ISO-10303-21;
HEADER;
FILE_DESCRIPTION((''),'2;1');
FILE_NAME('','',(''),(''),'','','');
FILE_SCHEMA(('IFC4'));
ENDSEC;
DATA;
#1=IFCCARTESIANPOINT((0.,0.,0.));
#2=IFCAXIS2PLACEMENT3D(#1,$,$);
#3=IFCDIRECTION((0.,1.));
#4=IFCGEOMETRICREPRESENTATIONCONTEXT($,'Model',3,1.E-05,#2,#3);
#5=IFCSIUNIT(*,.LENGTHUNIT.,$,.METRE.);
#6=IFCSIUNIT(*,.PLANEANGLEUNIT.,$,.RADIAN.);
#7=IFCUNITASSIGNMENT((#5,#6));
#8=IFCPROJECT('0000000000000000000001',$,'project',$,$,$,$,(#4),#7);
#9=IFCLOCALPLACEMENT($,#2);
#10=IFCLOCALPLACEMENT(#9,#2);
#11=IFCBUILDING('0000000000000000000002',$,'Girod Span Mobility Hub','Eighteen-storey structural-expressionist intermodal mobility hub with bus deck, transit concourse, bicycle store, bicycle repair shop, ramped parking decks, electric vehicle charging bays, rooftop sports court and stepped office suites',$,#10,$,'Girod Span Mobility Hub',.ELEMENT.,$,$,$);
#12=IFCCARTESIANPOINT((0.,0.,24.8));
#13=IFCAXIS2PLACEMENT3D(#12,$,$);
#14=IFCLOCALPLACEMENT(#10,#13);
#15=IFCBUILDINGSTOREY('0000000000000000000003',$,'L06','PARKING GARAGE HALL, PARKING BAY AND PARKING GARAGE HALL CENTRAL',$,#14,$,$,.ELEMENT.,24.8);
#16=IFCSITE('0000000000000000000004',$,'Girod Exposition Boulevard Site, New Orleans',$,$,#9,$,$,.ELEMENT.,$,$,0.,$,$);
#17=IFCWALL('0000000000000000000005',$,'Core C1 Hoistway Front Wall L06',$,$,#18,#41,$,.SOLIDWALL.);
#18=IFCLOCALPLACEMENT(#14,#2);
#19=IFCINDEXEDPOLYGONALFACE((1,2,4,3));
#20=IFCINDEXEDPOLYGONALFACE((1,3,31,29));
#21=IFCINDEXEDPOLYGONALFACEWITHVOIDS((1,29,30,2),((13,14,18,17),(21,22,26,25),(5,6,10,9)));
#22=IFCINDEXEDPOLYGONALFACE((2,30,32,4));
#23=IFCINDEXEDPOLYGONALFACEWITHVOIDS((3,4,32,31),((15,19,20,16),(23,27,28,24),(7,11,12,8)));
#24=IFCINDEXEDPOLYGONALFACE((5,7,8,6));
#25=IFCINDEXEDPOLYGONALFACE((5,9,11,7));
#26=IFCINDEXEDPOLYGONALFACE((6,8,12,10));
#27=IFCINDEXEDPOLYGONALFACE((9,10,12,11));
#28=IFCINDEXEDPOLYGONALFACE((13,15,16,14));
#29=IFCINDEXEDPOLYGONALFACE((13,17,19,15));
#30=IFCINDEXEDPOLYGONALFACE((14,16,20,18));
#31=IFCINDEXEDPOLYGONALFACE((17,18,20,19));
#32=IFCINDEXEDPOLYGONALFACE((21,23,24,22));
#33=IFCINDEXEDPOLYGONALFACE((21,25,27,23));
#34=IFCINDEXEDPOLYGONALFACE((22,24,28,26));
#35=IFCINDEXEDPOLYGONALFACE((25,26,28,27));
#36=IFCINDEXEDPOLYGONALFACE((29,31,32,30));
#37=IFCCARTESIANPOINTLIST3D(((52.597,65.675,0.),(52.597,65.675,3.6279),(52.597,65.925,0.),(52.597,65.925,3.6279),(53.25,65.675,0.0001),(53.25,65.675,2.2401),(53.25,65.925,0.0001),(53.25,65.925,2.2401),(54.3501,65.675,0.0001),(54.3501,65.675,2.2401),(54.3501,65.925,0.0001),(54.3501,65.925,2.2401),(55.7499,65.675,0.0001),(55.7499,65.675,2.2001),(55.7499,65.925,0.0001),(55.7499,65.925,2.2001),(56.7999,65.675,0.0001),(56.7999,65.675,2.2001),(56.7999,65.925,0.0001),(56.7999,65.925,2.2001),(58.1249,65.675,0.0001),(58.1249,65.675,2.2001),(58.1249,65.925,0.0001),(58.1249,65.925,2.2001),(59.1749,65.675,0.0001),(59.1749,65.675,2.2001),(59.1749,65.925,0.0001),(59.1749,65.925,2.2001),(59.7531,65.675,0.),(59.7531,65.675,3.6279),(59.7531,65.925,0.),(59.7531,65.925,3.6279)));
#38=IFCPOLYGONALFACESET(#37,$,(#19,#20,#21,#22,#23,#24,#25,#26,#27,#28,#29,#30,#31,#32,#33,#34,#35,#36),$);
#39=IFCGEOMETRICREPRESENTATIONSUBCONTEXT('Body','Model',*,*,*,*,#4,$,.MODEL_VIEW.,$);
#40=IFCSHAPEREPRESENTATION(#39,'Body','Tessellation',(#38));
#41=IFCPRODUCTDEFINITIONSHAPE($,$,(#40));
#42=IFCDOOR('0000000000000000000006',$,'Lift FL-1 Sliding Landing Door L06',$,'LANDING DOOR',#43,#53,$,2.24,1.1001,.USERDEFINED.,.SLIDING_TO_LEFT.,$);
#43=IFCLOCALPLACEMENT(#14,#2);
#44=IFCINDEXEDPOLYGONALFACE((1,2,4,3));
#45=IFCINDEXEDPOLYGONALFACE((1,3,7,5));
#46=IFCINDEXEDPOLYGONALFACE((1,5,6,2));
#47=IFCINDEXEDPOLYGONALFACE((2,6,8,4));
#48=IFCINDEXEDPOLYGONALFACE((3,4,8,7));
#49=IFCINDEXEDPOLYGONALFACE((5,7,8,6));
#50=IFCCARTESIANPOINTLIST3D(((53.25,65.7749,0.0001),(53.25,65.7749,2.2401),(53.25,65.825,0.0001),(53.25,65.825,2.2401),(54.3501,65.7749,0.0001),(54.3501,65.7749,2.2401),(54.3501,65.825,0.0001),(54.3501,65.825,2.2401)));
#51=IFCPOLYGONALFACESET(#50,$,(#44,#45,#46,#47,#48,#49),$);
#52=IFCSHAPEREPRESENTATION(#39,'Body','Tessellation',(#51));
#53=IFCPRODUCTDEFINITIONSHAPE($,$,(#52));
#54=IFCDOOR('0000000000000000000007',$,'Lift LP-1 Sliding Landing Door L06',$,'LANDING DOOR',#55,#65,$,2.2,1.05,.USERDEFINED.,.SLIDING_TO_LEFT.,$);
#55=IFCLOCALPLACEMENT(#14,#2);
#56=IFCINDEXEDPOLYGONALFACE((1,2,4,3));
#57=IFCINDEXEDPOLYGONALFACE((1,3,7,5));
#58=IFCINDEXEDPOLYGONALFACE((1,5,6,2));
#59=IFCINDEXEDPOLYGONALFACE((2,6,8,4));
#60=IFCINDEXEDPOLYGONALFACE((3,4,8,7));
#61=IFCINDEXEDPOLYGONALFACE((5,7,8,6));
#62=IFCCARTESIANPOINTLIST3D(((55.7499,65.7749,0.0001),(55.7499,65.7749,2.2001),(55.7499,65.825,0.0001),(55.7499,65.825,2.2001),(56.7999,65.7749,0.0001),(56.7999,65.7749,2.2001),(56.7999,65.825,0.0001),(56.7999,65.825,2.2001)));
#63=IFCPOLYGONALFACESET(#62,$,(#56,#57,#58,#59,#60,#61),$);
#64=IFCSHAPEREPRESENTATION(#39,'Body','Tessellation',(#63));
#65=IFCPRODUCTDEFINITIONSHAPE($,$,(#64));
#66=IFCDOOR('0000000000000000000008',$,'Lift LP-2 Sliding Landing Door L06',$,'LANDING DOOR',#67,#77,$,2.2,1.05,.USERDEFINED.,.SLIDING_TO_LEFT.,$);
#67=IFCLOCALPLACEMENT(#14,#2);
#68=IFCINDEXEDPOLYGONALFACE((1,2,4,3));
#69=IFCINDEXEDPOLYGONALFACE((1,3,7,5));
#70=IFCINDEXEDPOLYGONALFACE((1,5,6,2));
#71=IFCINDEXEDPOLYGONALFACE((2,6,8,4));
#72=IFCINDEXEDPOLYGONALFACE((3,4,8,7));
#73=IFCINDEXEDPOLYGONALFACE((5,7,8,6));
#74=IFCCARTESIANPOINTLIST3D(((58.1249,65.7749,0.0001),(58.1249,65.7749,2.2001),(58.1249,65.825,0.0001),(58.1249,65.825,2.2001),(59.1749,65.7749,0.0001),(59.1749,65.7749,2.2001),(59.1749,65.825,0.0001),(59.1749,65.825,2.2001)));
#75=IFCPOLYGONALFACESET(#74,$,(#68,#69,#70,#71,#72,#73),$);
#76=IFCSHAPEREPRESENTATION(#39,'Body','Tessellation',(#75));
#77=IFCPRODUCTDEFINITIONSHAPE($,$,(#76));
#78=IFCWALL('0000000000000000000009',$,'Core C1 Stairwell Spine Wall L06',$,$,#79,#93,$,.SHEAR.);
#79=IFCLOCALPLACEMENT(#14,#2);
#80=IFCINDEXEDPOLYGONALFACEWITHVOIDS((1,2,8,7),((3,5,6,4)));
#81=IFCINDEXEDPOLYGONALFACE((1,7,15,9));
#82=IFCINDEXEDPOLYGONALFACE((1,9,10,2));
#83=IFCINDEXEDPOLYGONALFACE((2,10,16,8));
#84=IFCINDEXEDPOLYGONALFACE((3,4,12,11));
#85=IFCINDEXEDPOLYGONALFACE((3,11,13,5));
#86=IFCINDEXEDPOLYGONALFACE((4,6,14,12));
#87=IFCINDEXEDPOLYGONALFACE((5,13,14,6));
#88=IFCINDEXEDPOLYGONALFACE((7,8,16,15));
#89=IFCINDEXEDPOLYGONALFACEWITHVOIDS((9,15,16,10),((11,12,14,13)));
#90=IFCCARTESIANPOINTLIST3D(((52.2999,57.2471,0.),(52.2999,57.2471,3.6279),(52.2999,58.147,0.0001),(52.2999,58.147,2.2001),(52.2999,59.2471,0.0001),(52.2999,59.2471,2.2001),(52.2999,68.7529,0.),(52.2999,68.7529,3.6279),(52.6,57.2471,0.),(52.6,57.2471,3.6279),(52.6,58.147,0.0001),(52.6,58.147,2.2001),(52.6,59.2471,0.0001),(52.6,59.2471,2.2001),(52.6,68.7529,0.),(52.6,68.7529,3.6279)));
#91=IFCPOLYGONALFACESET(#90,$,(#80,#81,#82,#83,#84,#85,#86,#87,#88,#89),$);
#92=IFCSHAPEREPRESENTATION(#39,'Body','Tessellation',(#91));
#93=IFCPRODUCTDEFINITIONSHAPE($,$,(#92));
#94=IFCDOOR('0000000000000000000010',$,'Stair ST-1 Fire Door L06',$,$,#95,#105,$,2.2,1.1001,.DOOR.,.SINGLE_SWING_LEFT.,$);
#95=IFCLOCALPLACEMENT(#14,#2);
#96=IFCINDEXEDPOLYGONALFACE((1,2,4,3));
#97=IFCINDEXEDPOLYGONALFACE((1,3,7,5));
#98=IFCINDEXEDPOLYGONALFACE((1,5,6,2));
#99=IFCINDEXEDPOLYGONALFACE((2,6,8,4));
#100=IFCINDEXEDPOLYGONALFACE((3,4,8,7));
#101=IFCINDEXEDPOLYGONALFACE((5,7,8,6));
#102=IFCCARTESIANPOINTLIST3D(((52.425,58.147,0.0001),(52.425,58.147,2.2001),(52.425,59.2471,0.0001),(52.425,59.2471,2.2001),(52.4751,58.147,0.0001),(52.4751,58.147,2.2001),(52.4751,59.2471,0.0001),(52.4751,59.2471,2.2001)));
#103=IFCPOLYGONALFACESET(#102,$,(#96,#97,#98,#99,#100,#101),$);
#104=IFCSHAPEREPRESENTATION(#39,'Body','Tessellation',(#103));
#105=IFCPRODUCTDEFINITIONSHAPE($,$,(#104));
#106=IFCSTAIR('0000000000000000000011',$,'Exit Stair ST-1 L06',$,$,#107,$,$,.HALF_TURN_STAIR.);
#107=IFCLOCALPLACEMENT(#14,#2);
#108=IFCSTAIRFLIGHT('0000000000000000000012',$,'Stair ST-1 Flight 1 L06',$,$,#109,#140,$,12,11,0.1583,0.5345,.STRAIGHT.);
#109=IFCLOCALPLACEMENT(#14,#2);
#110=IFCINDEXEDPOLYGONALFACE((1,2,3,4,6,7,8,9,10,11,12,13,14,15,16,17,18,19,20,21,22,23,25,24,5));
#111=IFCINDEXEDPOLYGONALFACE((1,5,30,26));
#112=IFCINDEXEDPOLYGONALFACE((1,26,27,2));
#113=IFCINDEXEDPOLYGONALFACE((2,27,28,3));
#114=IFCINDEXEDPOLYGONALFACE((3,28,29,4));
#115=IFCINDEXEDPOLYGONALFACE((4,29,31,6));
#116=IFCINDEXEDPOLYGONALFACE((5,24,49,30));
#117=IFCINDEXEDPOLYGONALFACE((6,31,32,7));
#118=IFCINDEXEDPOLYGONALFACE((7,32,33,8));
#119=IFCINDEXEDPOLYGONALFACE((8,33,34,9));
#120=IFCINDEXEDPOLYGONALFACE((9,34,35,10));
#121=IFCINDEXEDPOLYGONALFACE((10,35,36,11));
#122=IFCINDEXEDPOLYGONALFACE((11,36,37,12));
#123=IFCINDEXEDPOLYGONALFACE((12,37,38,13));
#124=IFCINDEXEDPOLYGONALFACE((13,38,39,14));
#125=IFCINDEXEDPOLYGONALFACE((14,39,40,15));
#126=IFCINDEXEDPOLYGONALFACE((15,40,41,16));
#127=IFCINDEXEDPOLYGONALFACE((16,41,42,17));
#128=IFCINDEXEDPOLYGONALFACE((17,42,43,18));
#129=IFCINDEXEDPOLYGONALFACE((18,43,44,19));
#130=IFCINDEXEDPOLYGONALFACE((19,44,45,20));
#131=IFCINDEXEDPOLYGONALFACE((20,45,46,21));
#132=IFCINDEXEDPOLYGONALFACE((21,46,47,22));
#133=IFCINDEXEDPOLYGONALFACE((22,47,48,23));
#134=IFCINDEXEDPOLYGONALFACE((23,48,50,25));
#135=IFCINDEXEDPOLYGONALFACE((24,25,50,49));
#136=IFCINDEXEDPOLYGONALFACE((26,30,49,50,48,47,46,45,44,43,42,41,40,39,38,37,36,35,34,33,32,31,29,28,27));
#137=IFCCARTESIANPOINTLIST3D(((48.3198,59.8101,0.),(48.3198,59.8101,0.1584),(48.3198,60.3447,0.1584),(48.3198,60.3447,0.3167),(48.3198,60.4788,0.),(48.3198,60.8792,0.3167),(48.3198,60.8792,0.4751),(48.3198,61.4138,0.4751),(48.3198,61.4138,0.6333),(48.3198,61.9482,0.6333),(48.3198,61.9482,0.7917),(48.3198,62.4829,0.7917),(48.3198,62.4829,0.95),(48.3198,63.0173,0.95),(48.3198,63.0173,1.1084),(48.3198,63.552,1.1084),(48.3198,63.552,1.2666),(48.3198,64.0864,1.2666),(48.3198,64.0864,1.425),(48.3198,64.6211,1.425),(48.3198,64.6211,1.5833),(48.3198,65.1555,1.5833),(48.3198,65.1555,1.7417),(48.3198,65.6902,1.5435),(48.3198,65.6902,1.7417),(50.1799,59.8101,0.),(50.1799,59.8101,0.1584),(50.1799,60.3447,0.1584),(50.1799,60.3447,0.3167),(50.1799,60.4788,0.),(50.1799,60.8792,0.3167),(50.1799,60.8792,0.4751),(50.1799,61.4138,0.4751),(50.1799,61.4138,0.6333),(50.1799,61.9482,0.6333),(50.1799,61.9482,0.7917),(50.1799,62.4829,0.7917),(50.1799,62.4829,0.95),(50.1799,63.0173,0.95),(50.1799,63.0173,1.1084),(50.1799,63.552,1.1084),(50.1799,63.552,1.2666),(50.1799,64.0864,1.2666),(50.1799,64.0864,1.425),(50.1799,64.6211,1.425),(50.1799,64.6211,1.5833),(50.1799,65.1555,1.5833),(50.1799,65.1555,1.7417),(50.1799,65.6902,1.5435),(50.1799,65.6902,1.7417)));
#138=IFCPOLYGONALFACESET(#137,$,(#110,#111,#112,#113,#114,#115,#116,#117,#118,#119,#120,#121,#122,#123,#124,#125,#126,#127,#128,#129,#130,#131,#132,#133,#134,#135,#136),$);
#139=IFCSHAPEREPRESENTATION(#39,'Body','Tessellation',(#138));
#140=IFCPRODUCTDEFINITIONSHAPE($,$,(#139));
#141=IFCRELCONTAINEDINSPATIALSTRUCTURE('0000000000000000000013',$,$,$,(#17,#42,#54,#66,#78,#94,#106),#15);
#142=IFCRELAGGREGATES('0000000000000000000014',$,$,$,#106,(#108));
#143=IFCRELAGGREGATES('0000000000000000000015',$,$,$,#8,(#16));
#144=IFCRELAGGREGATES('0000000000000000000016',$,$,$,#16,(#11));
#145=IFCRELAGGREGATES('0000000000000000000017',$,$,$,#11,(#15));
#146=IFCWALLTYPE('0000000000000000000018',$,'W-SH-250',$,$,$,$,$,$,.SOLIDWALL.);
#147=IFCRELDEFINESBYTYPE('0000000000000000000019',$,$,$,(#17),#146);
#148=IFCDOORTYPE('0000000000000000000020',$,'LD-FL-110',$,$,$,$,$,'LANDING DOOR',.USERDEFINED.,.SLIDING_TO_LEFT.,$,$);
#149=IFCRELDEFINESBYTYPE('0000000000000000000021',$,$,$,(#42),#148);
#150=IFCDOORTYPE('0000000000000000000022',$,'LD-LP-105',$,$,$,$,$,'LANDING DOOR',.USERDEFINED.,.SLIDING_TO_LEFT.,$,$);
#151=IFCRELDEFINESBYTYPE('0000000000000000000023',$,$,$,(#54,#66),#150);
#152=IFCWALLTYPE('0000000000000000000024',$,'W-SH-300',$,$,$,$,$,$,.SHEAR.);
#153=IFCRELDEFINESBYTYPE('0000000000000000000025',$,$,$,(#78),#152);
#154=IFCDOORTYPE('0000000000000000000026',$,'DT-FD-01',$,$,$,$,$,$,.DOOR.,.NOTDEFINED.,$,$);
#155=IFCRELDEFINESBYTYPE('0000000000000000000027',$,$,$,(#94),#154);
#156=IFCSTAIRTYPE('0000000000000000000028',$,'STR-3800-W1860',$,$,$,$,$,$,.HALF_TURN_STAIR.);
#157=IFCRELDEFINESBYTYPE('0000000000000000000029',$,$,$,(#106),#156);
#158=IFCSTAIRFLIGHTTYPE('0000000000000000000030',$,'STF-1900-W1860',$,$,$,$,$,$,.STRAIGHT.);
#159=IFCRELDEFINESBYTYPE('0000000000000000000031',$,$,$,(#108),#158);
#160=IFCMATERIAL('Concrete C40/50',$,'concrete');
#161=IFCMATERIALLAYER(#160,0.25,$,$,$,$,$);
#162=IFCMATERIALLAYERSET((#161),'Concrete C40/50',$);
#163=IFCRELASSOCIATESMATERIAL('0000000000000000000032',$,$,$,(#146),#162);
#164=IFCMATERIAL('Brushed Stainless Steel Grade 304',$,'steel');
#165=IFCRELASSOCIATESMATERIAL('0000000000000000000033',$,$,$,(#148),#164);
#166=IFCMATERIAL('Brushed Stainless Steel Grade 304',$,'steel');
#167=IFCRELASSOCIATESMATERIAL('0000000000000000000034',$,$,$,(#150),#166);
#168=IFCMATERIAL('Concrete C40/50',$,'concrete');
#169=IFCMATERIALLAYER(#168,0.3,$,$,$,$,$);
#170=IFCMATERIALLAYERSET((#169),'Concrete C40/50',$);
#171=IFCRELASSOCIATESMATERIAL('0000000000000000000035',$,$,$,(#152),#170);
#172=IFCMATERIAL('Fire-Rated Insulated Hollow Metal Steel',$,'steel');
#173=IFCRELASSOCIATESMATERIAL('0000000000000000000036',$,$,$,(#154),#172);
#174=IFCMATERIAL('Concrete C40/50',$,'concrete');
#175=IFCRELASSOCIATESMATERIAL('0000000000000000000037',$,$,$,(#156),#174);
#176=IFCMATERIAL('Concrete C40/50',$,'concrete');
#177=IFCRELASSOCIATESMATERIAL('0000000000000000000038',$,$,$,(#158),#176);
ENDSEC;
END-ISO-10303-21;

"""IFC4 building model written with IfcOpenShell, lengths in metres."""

from ifc_helpers import new_model, si_unit, direction, frame, frame_2d, origin, place, context, subcontext, project, spatial, polyline, rectangle, outline, extrude, material, layer, layer_set, type_object, element, fill, aggregate, save


model = new_model("IFC4")

# Units and contexts
model_context = context("Model", 3, precision=1e-05, world=origin(), true_north=direction((0.0, 1.0)))
body_context = subcontext(model_context, "Body", "Model", "MODEL_VIEW")
ifc_project = project(units=[si_unit("LENGTHUNIT", "METRE"), si_unit("PLANEANGLEUNIT", "RADIAN")], contexts=[model_context])

# Site, building, storey
site_placement = place(None, origin())
site = spatial("IfcSite", under=ifc_project, at=site_placement, Name="Girod Exposition Boulevard Site, New Orleans", CompositionType="ELEMENT", RefElevation=0.0)
building_placement = place(site_placement, origin())
building = spatial("IfcBuilding", under=site, at=building_placement, Name="Girod Span Mobility Hub", Description="Eighteen-storey structural-expressionist intermodal mobility hub with bus deck, transit concourse, bicycle store, bicycle repair shop, ramped parking decks, electric vehicle charging bays, rooftop sports court and stepped office suites", LongName="Girod Span Mobility Hub", CompositionType="ELEMENT")
storey_placement = place(building_placement, frame((0.0, 0.0, 24.8)))
storey = spatial("IfcBuildingStorey", under=building, at=storey_placement, Name="L06", Description="PARKING GARAGE HALL, PARKING BAY AND PARKING GARAGE HALL CENTRAL", CompositionType="ELEMENT", Elevation=24.8)

# Wall, openings, doors
ifc_material_1 = material(Name="Concrete C40/50", Category="concrete")
ifc_layer_1 = layer(ifc_material_1, 0.25)
ifc_layer_set_1 = layer_set([ifc_layer_1], Name="Concrete C40/50")
wall_type_1 = type_object("IfcWallType", Name="W-SH-250", PredefinedType="SOLIDWALL", material=ifc_layer_set_1)
wall_1_placement = place(storey_placement, frame((52.5969, 65.8, 0.0), z_axis=(0.0, 0.0, 1.0), x_axis=(1.0, 0.0, 0.0)))
wall_1 = element("IfcWall", 1, at=wall_1_placement, inside=storey, type_object=wall_type_1, Name="Core C1 Hoistway Front Wall L06", PredefinedType="SOLIDWALL", context=body_context, shape_type="SweptSolid", body=[
    extrude(rectangle(XDim=7.156, YDim=0.25, at=frame_2d((3.5781, 0.0))), origin(), (0.0, 0.0, 1.0), 3.6279),
])
opening_1_placement = place(wall_1_placement, frame((0.6531, 0.0, 0.0)))
opening_1 = element("IfcOpeningElement", 2, at=opening_1_placement, cuts=wall_1, PredefinedType="OPENING", context=body_context, shape_type="SweptSolid", body=[
    extrude(rectangle(XDim=1.1001, YDim=2.24, at=frame_2d((0.55, 1.1201))), frame((0.0, 0.1399, 0.0), z_axis=(0.0, -1.0, 0.0), x_axis=(1.0, 0.0, 0.0)), (0.0, 0.0, 1.0), 0.28),
])
opening_2_placement = place(wall_1_placement, frame((3.1531, 0.0, 0.0)))
opening_2 = element("IfcOpeningElement", 3, at=opening_2_placement, cuts=wall_1, PredefinedType="OPENING", context=body_context, shape_type="SweptSolid", body=[
    extrude(rectangle(XDim=1.05, YDim=2.2, at=frame_2d((0.5249, 1.1001))), frame((0.0, 0.1399, 0.0), z_axis=(0.0, -1.0, 0.0), x_axis=(1.0, 0.0, 0.0)), (0.0, 0.0, 1.0), 0.28),
])
opening_3_placement = place(wall_1_placement, frame((5.5281, 0.0, 0.0)))
opening_3 = element("IfcOpeningElement", 4, at=opening_3_placement, cuts=wall_1, PredefinedType="OPENING", context=body_context, shape_type="SweptSolid", body=[
    extrude(rectangle(XDim=1.05, YDim=2.2, at=frame_2d((0.5249, 1.1001))), frame((0.0, 0.1399, 0.0), z_axis=(0.0, -1.0, 0.0), x_axis=(1.0, 0.0, 0.0)), (0.0, 0.0, 1.0), 0.28),
])
ifc_material_2 = material(Name="Brushed Stainless Steel Grade 304", Category="steel")
door_type_1 = type_object("IfcDoorType", Name="LD-FL-110", ElementType="LANDING DOOR", OperationType="SLIDING_TO_LEFT", PredefinedType="USERDEFINED", material=ifc_material_2)
door_1_placement = place(opening_1_placement, origin())
door_1 = element("IfcDoor", 5, at=door_1_placement, inside=storey, type_object=door_type_1, Name="Lift FL-1 Sliding Landing Door L06", ObjectType="LANDING DOOR", OperationType="SLIDING_TO_LEFT", OverallHeight=2.24, OverallWidth=1.1001, PredefinedType="USERDEFINED", context=body_context, shape_type="SweptSolid", body=[
    extrude(rectangle(XDim=1.1001, YDim=2.24, at=frame_2d((0.55, 1.1201))), frame((0.0, 0.0249, 0.0), z_axis=(0.0, -1.0, 0.0), x_axis=(1.0, 0.0, 0.0)), (0.0, 0.0, 1.0), 0.05),
])
fill(opening_1, door_1)
ifc_material_3 = material(Name="Brushed Stainless Steel Grade 304", Category="steel")
door_type_2 = type_object("IfcDoorType", Name="LD-LP-105", ElementType="LANDING DOOR", OperationType="SLIDING_TO_LEFT", PredefinedType="USERDEFINED", material=ifc_material_3)
door_2_placement = place(opening_2_placement, origin())
door_2 = element("IfcDoor", 6, at=door_2_placement, inside=storey, type_object=door_type_2, Name="Lift LP-1 Sliding Landing Door L06", ObjectType="LANDING DOOR", OperationType="SLIDING_TO_LEFT", OverallHeight=2.2, OverallWidth=1.05, PredefinedType="USERDEFINED", context=body_context, shape_type="SweptSolid", body=[
    extrude(rectangle(XDim=1.05, YDim=2.2, at=frame_2d((0.5249, 1.1001))), frame((0.0, 0.0249, 0.0), z_axis=(0.0, -1.0, 0.0), x_axis=(1.0, 0.0, 0.0)), (0.0, 0.0, 1.0), 0.05),
])
fill(opening_2, door_2)
door_3_placement = place(opening_3_placement, origin())
door_3 = element("IfcDoor", 7, at=door_3_placement, inside=storey, type_object=door_type_2, Name="Lift LP-2 Sliding Landing Door L06", ObjectType="LANDING DOOR", OperationType="SLIDING_TO_LEFT", OverallHeight=2.2, OverallWidth=1.05, PredefinedType="USERDEFINED", context=body_context, shape_type="SweptSolid", body=[
    extrude(rectangle(XDim=1.05, YDim=2.2, at=frame_2d((0.5249, 1.1001))), frame((0.0, 0.0249, 0.0), z_axis=(0.0, -1.0, 0.0), x_axis=(1.0, 0.0, 0.0)), (0.0, 0.0, 1.0), 0.05),
])
fill(opening_3, door_3)

# Wall, opening, door
ifc_material_4 = material(Name="Concrete C40/50", Category="concrete")
ifc_layer_2 = layer(ifc_material_4, 0.3)
ifc_layer_set_2 = layer_set([ifc_layer_2], Name="Concrete C40/50")
wall_type_2 = type_object("IfcWallType", Name="W-SH-300", PredefinedType="SHEAR", material=ifc_layer_set_2)
wall_2_placement = place(storey_placement, frame((52.45, 57.2471, 0.0), z_axis=(0.0, 0.0, 1.0), x_axis=(0.0, 1.0, 0.0)))
wall_2 = element("IfcWall", 8, at=wall_2_placement, inside=storey, type_object=wall_type_2, Name="Core C1 Stairwell Spine Wall L06", PredefinedType="SHEAR", context=body_context, shape_type="SweptSolid", body=[
    extrude(rectangle(XDim=11.5059, YDim=0.3, at=frame_2d((5.7529, 0.0))), origin(), (0.0, 0.0, 1.0), 3.6279),
])
opening_4_placement = place(wall_2_placement, frame((0.8999, 0.0, 0.0)))
opening_4 = element("IfcOpeningElement", 9, at=opening_4_placement, cuts=wall_2, PredefinedType="OPENING", context=body_context, shape_type="SweptSolid", body=[
    extrude(rectangle(XDim=1.1001, YDim=2.2, at=frame_2d((0.55, 1.1001))), frame((0.0, 0.165, 0.0), z_axis=(0.0, -1.0, 0.0), x_axis=(1.0, 0.0, 0.0)), (0.0, 0.0, 1.0), 0.3301),
])
ifc_material_5 = material(Name="Fire-Rated Insulated Hollow Metal Steel", Category="steel")
door_type_3 = type_object("IfcDoorType", Name="DT-FD-01", OperationType="NOTDEFINED", PredefinedType="DOOR", material=ifc_material_5)
door_4_placement = place(opening_4_placement, origin())
door_4 = element("IfcDoor", 10, at=door_4_placement, inside=storey, type_object=door_type_3, Name="Stair ST-1 Fire Door L06", OperationType="SINGLE_SWING_LEFT", OverallHeight=2.2, OverallWidth=1.1001, PredefinedType="DOOR", context=body_context, shape_type="SweptSolid", body=[
    extrude(rectangle(XDim=1.1001, YDim=2.2, at=frame_2d((0.55, 1.1001))), frame((0.0, 0.0249, 0.0), z_axis=(0.0, -1.0, 0.0), x_axis=(1.0, 0.0, 0.0)), (0.0, 0.0, 1.0), 0.05),
])
fill(opening_4, door_4)

# Stair, stair flight
ifc_material_6 = material(Name="Concrete C40/50", Category="concrete")
stair_type = type_object("IfcStairType", Name="STR-3800-W1860", PredefinedType="HALF_TURN_STAIR", material=ifc_material_6)
stair_placement = place(storey_placement, origin())
stair = element("IfcStair", 11, at=stair_placement, inside=storey, type_object=stair_type, Name="Exit Stair ST-1 L06", PredefinedType="HALF_TURN_STAIR")
ifc_material_7 = material(Name="Concrete C40/50", Category="concrete")
stair_flight_type = type_object("IfcStairFlightType", Name="STF-1900-W1860", PredefinedType="STRAIGHT", material=ifc_material_7)
stair_flight_1_placement = place(storey_placement, frame((49.25, 59.8101, 0.0), z_axis=(0.0, 0.0, 1.0), x_axis=(0.0, 1.0, 0.0)))
stair_flight_1 = element("IfcStairFlight", 12, at=stair_flight_1_placement, type_object=stair_flight_type, Name="Stair ST-1 Flight 1 L06", NumberOfRisers=12, NumberOfTreads=11, PredefinedType="STRAIGHT", RiserHeight=0.1583, TreadLength=0.5345, context=body_context, shape_type="SweptSolid", body=[
    extrude(outline(polyline([(0.0, 0.0), (0.0, 0.1584), (0.5347, 0.1584), (0.5347, 0.3167), (1.0691, 0.3167), (1.0691, 0.4751), (1.6038, 0.4751), (1.6038, 0.6333), (2.1382, 0.6333), (2.1382, 0.7917), (2.6729, 0.7917), (2.6729, 0.95), (3.2073, 0.95), (3.2073, 1.1084), (3.7419, 1.1084), (3.7419, 1.2666), (4.2764, 1.2666), (4.2764, 1.425), (4.811, 1.425), (4.811, 1.5833), (5.3455, 1.5833), (5.3455, 1.7417), (5.8801, 1.7417), (5.8801, 1.8999), (5.8801, 1.5435), (0.6687, 0.0), (0.0, 0.0)])), frame((0.0, 0.9302, 0.0), z_axis=(0.0, -1.0, 0.0), x_axis=(1.0, 0.0, 0.0)), (0.0, 0.0, 1.0), 1.8601),
])
aggregate(stair, [stair_flight_1])

save(model, "model.ifc")
